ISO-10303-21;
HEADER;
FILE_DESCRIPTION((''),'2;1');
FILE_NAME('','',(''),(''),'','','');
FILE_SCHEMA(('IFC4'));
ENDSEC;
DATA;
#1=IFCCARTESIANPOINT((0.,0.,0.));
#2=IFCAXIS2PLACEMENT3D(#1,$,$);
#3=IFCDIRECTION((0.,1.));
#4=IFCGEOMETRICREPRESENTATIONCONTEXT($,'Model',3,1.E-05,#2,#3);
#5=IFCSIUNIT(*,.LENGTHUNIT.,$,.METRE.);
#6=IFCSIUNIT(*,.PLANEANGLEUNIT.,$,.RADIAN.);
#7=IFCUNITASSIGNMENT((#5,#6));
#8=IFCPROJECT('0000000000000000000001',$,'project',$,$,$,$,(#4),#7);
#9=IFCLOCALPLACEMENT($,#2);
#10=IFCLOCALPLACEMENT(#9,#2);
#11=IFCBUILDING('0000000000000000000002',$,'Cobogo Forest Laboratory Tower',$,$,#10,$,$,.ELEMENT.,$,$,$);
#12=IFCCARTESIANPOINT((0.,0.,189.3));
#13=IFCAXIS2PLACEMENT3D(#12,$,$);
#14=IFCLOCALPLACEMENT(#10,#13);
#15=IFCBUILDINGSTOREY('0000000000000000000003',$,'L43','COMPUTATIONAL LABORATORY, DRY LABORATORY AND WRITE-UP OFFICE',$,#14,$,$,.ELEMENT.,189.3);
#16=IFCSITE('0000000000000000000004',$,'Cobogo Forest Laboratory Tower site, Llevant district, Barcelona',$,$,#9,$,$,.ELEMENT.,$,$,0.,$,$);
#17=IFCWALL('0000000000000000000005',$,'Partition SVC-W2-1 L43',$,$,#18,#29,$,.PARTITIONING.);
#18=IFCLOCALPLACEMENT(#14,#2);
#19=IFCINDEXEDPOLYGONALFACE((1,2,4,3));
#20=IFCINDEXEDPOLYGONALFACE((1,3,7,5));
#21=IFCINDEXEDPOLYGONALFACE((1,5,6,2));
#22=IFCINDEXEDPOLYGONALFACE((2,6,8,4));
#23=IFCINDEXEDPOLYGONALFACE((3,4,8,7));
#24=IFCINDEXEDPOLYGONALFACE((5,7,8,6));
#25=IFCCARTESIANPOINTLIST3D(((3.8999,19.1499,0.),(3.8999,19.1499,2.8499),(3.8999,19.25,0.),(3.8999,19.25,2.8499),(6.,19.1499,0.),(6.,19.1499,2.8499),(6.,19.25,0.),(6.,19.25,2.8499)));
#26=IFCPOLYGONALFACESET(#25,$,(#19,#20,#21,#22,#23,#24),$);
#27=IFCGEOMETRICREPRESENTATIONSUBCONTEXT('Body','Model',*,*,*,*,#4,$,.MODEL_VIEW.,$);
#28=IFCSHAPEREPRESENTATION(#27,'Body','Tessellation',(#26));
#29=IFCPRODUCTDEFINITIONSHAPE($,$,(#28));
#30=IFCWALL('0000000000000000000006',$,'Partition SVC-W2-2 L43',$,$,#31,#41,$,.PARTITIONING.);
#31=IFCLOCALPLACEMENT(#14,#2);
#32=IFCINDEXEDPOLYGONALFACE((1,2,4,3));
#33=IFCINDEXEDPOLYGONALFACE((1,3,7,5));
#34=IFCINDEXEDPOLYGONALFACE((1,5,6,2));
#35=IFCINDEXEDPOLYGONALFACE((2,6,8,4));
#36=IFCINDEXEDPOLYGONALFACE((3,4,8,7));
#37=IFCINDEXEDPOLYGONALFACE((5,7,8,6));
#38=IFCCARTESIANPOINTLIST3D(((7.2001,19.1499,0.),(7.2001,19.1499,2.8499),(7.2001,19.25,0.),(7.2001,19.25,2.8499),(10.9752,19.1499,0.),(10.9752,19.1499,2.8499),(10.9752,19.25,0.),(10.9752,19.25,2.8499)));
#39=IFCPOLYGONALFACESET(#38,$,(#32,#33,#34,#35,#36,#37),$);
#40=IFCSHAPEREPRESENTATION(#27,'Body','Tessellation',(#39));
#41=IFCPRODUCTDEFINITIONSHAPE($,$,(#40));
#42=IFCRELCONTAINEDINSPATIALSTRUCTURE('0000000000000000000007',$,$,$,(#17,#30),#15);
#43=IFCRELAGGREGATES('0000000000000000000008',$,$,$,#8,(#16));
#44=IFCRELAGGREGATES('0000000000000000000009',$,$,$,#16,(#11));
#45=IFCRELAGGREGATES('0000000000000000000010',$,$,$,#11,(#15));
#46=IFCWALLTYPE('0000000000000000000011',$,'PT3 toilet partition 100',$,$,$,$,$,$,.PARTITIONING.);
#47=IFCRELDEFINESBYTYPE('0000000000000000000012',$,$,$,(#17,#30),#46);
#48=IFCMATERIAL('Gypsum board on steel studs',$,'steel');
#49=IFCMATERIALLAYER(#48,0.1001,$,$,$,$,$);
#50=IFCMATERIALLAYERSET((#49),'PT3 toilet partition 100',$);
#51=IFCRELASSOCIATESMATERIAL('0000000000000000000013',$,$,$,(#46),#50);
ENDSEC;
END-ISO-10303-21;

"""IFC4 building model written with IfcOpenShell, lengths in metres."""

from ifc_helpers import new_model, si_unit, direction, frame, frame_2d, origin, place, context, subcontext, project, spatial, rectangle, extrude, material, layer, layer_set, type_object, element, save


model = new_model("IFC4")

# Units and contexts
model_context = context("Model", 3, precision=1e-05, world=origin(), true_north=direction((0.0, 1.0)))
body_context = subcontext(model_context, "Body", "Model", "MODEL_VIEW")
ifc_project = project(units=[si_unit("LENGTHUNIT", "METRE"), si_unit("PLANEANGLEUNIT", "RADIAN")], contexts=[model_context])

# Site, building, storey
site_placement = place(None, origin())
site = spatial("IfcSite", under=ifc_project, at=site_placement, Name="Cobogo Forest Laboratory Tower site, Llevant district, Barcelona", CompositionType="ELEMENT", RefElevation=0.0)
building_placement = place(site_placement, origin())
building = spatial("IfcBuilding", under=site, at=building_placement, Name="Cobogo Forest Laboratory Tower", CompositionType="ELEMENT")
storey_placement = place(building_placement, frame((0.0, 0.0, 189.3)))
storey = spatial("IfcBuildingStorey", under=building, at=storey_placement, Name="L43", Description="COMPUTATIONAL LABORATORY, DRY LABORATORY AND WRITE-UP OFFICE", CompositionType="ELEMENT", Elevation=189.3)

# Walls
ifc_material_1 = material(Name="Gypsum board on steel studs", Category="steel")
ifc_layer_1 = layer(ifc_material_1, 0.1001)
ifc_layer_set_1 = layer_set([ifc_layer_1], Name="PT3 toilet partition 100")
wall_type_1 = type_object("IfcWallType", Name="PT3 toilet partition 100", PredefinedType="PARTITIONING", material=ifc_layer_set_1)
wall_1_placement = place(storey_placement, frame((3.8999, 19.2, 0.0), z_axis=(0.0, 0.0, 1.0), x_axis=(1.0, 0.0, 0.0)))
element("IfcWall", 1, at=wall_1_placement, inside=storey, type_object=wall_type_1, Name="Partition SVC-W2-1 L43", PredefinedType="PARTITIONING", context=body_context, shape_type="SweptSolid", body=[
    extrude(rectangle(XDim=2.1001, YDim=0.1001, at=frame_2d((1.05, 0.0))), origin(), (0.0, 0.0, 1.0), 2.8499),
])
wall_2_placement = place(storey_placement, frame((7.2, 19.2, 0.0), z_axis=(0.0, 0.0, 1.0), x_axis=(1.0, 0.0, 0.0)))
element("IfcWall", 2, at=wall_2_placement, inside=storey, type_object=wall_type_1, Name="Partition SVC-W2-2 L43", PredefinedType="PARTITIONING", context=body_context, shape_type="SweptSolid", body=[
    extrude(rectangle(XDim=3.7751, YDim=0.1001, at=frame_2d((1.8877, 0.0))), origin(), (0.0, 0.0, 1.0), 2.8499),
])

save(model, "model.ifc")
